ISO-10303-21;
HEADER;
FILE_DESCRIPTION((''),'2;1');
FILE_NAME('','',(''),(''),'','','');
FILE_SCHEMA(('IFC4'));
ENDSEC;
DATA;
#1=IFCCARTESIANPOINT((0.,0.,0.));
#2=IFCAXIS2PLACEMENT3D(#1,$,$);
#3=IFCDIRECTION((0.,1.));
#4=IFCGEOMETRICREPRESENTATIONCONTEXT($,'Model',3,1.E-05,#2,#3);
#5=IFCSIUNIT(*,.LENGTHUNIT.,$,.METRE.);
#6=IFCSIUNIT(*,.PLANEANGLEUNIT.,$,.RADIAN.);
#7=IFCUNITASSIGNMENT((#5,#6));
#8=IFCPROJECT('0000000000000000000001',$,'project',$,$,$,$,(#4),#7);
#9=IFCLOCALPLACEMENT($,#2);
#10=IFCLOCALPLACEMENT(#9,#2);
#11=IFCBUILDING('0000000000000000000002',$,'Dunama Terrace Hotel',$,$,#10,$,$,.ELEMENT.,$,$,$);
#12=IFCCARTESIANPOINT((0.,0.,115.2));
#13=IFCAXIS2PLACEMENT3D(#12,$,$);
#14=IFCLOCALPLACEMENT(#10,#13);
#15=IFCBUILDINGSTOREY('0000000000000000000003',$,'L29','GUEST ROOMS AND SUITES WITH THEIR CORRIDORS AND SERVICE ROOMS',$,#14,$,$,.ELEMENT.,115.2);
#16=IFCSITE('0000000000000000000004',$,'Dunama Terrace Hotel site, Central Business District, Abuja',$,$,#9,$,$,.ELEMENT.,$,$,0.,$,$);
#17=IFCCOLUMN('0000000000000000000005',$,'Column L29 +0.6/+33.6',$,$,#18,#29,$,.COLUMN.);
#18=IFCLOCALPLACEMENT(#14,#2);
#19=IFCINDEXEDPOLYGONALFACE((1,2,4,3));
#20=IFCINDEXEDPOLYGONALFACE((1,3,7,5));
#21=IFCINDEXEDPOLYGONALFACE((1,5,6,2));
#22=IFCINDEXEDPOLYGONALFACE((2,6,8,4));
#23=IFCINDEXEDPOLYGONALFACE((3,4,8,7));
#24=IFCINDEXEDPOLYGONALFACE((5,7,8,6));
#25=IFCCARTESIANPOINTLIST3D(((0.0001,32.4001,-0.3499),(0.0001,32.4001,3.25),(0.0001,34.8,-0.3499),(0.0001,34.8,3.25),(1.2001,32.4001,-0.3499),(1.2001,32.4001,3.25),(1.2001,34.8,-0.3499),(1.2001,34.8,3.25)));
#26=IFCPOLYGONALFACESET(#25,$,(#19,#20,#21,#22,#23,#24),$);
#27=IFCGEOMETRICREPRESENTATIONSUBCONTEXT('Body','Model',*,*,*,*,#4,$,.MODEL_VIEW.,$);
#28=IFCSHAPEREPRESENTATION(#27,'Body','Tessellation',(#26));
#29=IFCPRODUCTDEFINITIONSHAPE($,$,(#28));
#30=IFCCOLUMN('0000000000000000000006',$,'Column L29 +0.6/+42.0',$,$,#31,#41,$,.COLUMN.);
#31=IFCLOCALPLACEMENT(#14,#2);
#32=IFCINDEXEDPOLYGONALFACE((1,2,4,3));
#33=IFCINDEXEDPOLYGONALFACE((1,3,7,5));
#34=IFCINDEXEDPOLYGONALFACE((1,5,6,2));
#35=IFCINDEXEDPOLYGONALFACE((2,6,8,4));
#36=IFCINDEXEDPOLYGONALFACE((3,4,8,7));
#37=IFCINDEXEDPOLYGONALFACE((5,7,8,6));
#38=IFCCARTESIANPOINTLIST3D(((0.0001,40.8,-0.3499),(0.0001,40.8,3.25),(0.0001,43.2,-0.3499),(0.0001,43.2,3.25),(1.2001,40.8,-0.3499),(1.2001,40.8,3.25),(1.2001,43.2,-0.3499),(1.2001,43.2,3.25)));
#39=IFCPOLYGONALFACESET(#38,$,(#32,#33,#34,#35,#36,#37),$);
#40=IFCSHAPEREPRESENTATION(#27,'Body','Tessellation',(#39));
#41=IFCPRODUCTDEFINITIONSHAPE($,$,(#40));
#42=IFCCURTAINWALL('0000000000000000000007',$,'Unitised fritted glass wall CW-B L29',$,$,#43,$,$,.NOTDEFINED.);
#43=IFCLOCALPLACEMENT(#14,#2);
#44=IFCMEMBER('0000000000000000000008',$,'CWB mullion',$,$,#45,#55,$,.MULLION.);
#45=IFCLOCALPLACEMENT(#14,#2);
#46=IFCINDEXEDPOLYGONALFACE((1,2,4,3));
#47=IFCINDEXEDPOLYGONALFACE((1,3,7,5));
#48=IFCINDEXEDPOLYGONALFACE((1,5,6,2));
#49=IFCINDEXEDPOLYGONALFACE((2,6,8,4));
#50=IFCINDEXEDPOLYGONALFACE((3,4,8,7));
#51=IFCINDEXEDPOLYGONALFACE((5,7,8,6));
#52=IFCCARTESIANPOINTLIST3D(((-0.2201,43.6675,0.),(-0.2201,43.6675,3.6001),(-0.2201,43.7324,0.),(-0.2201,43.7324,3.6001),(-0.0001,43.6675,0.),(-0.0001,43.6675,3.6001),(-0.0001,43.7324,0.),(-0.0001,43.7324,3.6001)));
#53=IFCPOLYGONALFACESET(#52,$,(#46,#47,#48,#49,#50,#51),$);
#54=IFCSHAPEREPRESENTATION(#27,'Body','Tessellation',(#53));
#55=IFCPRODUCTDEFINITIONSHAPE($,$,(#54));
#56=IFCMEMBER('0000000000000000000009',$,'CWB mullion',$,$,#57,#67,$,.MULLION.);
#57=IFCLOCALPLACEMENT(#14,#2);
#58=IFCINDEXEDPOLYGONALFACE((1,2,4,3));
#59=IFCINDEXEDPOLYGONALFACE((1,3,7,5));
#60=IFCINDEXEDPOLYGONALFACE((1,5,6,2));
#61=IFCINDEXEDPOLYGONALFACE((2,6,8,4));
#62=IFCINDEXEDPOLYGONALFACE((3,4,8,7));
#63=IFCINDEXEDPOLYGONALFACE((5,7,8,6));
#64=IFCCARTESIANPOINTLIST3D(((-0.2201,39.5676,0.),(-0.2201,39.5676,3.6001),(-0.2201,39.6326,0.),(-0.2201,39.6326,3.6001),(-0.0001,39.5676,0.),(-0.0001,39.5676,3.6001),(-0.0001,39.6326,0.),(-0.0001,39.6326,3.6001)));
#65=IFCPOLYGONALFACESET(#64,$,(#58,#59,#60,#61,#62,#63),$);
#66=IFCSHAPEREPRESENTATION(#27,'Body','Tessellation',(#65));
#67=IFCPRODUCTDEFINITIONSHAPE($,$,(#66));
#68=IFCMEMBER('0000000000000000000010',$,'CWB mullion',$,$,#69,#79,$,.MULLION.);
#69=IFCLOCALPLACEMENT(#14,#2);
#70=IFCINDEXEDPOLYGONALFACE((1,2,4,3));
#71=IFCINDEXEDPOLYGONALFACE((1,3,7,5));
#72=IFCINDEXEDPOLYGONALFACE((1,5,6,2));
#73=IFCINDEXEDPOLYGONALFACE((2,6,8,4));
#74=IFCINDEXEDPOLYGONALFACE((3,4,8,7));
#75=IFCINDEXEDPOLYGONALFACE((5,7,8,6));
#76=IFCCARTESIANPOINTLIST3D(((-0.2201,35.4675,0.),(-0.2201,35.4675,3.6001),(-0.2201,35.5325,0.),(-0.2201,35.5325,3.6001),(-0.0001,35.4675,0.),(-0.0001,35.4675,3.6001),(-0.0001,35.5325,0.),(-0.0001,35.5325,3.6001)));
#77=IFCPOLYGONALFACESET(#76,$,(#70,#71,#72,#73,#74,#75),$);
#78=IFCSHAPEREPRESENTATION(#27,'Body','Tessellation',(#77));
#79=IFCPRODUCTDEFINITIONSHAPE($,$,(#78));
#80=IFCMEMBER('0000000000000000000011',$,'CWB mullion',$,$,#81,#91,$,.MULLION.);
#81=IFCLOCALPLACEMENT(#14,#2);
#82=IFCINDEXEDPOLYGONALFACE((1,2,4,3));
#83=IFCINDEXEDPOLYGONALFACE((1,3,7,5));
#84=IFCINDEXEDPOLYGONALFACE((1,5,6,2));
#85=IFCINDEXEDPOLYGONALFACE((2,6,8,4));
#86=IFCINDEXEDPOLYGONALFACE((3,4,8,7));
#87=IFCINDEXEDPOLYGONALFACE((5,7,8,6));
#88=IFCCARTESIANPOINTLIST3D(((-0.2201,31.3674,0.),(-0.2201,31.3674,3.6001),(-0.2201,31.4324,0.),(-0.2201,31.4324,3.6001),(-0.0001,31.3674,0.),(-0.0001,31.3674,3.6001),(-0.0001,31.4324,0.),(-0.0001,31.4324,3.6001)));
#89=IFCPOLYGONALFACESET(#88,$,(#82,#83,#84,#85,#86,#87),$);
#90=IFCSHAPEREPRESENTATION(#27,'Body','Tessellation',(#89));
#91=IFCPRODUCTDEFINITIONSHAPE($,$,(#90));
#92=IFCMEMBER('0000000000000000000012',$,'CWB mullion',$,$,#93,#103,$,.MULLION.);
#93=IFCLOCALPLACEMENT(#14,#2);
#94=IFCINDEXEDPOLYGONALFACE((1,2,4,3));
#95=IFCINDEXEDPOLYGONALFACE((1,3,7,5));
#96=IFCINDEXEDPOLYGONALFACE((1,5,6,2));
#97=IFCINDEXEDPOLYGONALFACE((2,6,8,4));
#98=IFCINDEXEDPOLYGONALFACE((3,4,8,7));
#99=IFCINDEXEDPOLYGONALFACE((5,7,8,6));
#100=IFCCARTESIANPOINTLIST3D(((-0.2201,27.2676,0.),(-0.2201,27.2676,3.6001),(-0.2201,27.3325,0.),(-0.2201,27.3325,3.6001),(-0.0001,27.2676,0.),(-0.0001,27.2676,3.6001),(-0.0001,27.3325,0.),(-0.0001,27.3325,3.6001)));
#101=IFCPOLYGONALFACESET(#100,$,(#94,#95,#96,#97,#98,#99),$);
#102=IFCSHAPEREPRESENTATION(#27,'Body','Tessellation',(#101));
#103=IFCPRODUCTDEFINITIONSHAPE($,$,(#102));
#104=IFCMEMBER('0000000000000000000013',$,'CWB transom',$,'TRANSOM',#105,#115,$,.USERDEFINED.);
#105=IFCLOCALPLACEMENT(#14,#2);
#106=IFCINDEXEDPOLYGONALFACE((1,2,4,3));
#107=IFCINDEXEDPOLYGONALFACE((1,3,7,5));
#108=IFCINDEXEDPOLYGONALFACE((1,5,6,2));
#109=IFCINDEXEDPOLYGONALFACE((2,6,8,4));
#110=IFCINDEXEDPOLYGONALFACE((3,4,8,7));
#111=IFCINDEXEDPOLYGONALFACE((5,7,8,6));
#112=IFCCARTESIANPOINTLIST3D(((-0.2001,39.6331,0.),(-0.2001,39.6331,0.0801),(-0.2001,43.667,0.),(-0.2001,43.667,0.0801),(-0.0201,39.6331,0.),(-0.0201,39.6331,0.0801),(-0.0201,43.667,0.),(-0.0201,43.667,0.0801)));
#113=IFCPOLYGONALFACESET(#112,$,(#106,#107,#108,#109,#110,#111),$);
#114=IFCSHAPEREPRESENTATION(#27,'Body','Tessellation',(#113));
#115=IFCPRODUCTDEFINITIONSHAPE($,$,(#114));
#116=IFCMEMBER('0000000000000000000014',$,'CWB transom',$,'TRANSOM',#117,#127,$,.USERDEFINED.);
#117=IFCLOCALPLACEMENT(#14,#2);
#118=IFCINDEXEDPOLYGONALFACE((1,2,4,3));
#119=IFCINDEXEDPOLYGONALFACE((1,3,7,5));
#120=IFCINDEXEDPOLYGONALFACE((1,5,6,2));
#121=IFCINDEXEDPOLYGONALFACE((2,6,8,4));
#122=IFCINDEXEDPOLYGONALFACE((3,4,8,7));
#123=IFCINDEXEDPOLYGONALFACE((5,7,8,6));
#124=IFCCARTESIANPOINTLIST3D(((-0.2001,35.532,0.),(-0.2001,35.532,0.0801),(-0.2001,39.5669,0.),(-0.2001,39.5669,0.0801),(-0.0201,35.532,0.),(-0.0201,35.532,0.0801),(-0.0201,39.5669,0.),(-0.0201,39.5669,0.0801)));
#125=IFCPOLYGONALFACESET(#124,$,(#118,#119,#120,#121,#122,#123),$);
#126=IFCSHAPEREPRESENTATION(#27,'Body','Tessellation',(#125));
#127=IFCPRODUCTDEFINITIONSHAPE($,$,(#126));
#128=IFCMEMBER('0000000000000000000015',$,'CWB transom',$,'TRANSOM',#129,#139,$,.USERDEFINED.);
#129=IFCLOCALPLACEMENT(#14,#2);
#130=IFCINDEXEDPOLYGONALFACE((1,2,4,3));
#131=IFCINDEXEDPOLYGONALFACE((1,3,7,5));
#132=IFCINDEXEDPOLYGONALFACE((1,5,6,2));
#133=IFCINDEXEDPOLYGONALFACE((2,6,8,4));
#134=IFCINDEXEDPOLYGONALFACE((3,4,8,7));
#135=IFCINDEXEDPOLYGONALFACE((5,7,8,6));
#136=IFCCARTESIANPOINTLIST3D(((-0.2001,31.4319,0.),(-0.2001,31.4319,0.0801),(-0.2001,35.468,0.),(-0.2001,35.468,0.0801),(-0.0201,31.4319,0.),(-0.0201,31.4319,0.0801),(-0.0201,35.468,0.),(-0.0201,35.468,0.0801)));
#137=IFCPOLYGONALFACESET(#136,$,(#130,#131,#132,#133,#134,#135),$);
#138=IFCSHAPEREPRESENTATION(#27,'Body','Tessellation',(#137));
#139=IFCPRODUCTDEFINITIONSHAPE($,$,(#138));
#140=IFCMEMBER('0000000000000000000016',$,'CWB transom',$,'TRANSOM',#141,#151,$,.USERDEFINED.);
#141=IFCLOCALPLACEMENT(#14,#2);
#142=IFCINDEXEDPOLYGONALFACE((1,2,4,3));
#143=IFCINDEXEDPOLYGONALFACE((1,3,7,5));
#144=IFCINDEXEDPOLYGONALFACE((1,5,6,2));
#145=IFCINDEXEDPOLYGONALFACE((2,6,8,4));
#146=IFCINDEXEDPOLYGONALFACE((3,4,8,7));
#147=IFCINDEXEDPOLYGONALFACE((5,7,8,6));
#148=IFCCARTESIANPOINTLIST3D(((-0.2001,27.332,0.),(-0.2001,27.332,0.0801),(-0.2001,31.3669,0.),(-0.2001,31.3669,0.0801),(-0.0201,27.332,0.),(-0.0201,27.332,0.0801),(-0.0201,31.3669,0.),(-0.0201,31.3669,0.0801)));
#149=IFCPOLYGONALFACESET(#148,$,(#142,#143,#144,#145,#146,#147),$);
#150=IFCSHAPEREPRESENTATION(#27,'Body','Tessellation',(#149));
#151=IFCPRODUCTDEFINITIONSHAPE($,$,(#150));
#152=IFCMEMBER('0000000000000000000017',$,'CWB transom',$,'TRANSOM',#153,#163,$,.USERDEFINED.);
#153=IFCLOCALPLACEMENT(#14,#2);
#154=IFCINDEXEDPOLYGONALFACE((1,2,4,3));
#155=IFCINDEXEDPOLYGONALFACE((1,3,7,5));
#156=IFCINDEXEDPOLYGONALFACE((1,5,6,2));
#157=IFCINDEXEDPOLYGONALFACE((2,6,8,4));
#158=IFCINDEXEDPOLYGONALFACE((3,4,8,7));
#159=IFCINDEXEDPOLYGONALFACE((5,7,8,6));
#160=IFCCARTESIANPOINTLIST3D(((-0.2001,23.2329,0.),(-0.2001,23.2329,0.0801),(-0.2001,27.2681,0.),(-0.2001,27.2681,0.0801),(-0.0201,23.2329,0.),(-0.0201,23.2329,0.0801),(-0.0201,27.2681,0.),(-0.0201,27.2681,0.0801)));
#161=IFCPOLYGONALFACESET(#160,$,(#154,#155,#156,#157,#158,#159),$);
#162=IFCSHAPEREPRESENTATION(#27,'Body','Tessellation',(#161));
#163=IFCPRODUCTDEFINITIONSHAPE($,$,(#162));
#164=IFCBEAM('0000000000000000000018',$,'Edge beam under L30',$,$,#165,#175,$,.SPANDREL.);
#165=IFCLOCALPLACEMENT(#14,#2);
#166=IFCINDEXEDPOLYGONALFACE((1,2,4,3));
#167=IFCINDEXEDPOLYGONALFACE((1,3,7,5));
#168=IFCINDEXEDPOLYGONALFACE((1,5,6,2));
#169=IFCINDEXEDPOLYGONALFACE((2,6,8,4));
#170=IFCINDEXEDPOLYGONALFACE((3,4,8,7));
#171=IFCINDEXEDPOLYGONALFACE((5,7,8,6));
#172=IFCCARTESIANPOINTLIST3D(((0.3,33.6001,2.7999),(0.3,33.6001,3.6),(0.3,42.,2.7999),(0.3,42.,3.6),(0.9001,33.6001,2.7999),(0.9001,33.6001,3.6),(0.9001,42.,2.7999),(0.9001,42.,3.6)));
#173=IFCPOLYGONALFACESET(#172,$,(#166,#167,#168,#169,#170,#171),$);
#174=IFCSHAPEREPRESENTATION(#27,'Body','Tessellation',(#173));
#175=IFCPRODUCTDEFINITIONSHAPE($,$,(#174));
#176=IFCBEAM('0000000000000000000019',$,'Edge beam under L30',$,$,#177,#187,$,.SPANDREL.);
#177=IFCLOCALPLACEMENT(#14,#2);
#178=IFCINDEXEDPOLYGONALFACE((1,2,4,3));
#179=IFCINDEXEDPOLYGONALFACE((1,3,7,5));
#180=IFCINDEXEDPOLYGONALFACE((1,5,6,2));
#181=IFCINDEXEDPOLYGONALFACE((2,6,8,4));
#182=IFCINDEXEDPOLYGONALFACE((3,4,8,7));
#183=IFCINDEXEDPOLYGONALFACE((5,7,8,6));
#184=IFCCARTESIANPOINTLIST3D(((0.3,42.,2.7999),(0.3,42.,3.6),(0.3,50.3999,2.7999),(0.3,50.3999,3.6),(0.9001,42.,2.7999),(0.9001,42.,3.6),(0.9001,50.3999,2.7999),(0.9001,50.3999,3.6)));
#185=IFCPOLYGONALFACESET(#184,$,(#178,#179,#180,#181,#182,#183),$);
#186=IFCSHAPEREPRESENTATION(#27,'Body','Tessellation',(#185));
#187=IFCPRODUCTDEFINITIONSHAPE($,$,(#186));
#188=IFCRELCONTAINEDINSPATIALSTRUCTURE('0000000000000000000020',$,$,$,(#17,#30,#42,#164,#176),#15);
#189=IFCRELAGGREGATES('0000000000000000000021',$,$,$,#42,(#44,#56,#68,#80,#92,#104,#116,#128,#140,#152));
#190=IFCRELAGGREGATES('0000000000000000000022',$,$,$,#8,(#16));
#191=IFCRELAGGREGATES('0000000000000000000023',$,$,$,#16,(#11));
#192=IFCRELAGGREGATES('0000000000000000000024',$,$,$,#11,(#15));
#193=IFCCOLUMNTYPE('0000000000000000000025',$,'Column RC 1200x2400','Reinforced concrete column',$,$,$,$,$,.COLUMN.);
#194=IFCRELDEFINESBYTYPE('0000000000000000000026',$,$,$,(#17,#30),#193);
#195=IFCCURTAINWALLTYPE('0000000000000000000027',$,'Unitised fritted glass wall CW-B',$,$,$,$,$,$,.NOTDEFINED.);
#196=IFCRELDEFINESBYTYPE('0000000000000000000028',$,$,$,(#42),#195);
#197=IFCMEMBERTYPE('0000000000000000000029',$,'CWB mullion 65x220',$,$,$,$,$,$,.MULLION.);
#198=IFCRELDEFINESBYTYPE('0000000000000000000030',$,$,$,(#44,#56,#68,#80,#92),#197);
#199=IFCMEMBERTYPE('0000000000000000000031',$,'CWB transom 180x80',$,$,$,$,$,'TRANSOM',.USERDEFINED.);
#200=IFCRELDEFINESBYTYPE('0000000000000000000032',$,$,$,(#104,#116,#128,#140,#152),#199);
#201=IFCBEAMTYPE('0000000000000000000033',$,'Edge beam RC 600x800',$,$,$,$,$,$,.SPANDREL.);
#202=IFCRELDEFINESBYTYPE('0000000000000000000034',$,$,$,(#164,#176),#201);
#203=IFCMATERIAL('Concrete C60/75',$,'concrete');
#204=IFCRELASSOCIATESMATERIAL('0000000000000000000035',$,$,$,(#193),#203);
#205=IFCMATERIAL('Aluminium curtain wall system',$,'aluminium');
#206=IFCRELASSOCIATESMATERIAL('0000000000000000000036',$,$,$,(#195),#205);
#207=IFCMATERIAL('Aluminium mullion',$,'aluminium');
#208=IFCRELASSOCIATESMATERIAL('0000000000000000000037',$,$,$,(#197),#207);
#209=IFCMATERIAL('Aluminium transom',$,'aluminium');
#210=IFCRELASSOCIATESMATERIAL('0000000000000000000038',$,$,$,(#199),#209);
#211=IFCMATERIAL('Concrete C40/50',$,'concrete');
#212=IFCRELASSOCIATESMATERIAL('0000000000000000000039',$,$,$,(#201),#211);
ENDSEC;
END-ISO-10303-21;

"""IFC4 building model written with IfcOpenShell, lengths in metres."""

from ifc_helpers import new_model, si_unit, direction, frame, origin, origin_2d, place, context, subcontext, project, spatial, rectangle, extrude, material, material_profile, profile_set, type_object, element, aggregate, save


model = new_model("IFC4")

# Units and contexts
model_context = context("Model", 3, precision=1e-05, world=origin(), true_north=direction((0.0, 1.0)))
body_context = subcontext(model_context, "Body", "Model", "MODEL_VIEW")
ifc_project = project(units=[si_unit("LENGTHUNIT", "METRE"), si_unit("PLANEANGLEUNIT", "RADIAN")], contexts=[model_context])

# Site, building, storey
site_placement = place(None, origin())
site = spatial("IfcSite", under=ifc_project, at=site_placement, Name="Dunama Terrace Hotel site, Central Business District, Abuja", CompositionType="ELEMENT", RefElevation=0.0)
building_placement = place(site_placement, origin())
building = spatial("IfcBuilding", under=site, at=building_placement, Name="Dunama Terrace Hotel", CompositionType="ELEMENT")
storey_placement = place(building_placement, frame((0.0, 0.0, 115.2)))
storey = spatial("IfcBuildingStorey", under=building, at=storey_placement, Name="L29", Description="GUEST ROOMS AND SUITES WITH THEIR CORRIDORS AND SERVICE ROOMS", CompositionType="ELEMENT", Elevation=115.2)

# Columns
ifc_material_1 = material(Name="Concrete C60/75", Category="concrete")
ifc_material_profile_1 = material_profile(ifc_material_1, rectangle(XDim=1.2, YDim=2.3999, at=origin_2d()), Name="RC 1200x2400")
ifc_profile_set_1 = profile_set([ifc_material_profile_1], Name="Concrete C60/75")
column_type = type_object("IfcColumnType", Name="Column RC 1200x2400", Description="Reinforced concrete column", PredefinedType="COLUMN", material=ifc_profile_set_1)
for number, where, z_axis, x_axis, name in (
    (1, (0.6001, 33.6001, -0.3499), (0.0, 0.0, 1.0), (1.0, 0.0, 0.0), "Column L29 +0.6/+33.6"),
    (2, (0.6001, 42.0, -0.3499), (0.0, 0.0, 1.0), (1.0, 0.0, 0.0), "Column L29 +0.6/+42.0"),
):
    element("IfcColumn", number, at=place(storey_placement, frame(where, z_axis=z_axis, x_axis=x_axis)), inside=storey, type_object=column_type, Name=name, PredefinedType="COLUMN", context=body_context, shape_type="SweptSolid", body=[
        extrude(rectangle(XDim=1.2, YDim=2.3999, at=origin_2d()), origin(), (0.0, 0.0, 1.0), 3.5999),
    ])

# Curtain wall, members
ifc_material_2 = material(Name="Aluminium curtain wall system", Category="aluminium")
curtain_wall_type = type_object("IfcCurtainWallType", Name="Unitised fritted glass wall CW-B", PredefinedType="NOTDEFINED", material=ifc_material_2)
curtain_wall_placement = place(storey_placement, origin())
curtain_wall = element("IfcCurtainWall", 3, at=curtain_wall_placement, inside=storey, type_object=curtain_wall_type, Name="Unitised fritted glass wall CW-B L29", PredefinedType="NOTDEFINED")
ifc_material_3 = material(Name="Aluminium mullion", Category="aluminium")
ifc_material_profile_2 = material_profile(ifc_material_3, rectangle(XDim=0.0649, YDim=0.22, at=origin_2d()), Name="CWB MULLION 65X220")
ifc_profile_set_2 = profile_set([ifc_material_profile_2], Name="Aluminium mullion")
member_type_1 = type_object("IfcMemberType", Name="CWB mullion 65x220", PredefinedType="MULLION", material=ifc_profile_set_2)
member_1_placement = place(storey_placement, frame((-0.1101, 43.7, 0.0), z_axis=(0.0, 0.0, 1.0), x_axis=(0.0, -1.0, 0.0)))
member_1 = element("IfcMember", 4, at=member_1_placement, type_object=member_type_1, Name="CWB mullion", PredefinedType="MULLION", context=body_context, shape_type="SweptSolid", body=[
    extrude(rectangle(XDim=0.0649, YDim=0.22, at=origin_2d()), origin(), (0.0, 0.0, 1.0), 3.6001),
])
member_2_placement = place(storey_placement, frame((-0.1101, 39.6001, 0.0), z_axis=(0.0, 0.0, 1.0), x_axis=(0.0, -1.0, 0.0)))
member_2 = element("IfcMember", 5, at=member_2_placement, type_object=member_type_1, Name="CWB mullion", PredefinedType="MULLION", context=body_context, shape_type="SweptSolid", body=[
    extrude(rectangle(XDim=0.0649, YDim=0.22, at=origin_2d()), origin(), (0.0, 0.0, 1.0), 3.6001),
])
member_3_placement = place(storey_placement, frame((-0.1101, 35.5, 0.0), z_axis=(0.0, 0.0, 1.0), x_axis=(0.0, -1.0, 0.0)))
member_3 = element("IfcMember", 6, at=member_3_placement, type_object=member_type_1, Name="CWB mullion", PredefinedType="MULLION", context=body_context, shape_type="SweptSolid", body=[
    extrude(rectangle(XDim=0.0649, YDim=0.22, at=origin_2d()), origin(), (0.0, 0.0, 1.0), 3.6001),
])
member_4_placement = place(storey_placement, frame((-0.1101, 31.3999, 0.0), z_axis=(0.0, 0.0, 1.0), x_axis=(0.0, -1.0, 0.0)))
member_4 = element("IfcMember", 7, at=member_4_placement, type_object=member_type_1, Name="CWB mullion", PredefinedType="MULLION", context=body_context, shape_type="SweptSolid", body=[
    extrude(rectangle(XDim=0.0649, YDim=0.22, at=origin_2d()), origin(), (0.0, 0.0, 1.0), 3.6001),
])
member_5_placement = place(storey_placement, frame((-0.1101, 27.3, 0.0), z_axis=(0.0, 0.0, 1.0), x_axis=(0.0, -1.0, 0.0)))
member_5 = element("IfcMember", 8, at=member_5_placement, type_object=member_type_1, Name="CWB mullion", PredefinedType="MULLION", context=body_context, shape_type="SweptSolid", body=[
    extrude(rectangle(XDim=0.0649, YDim=0.22, at=origin_2d()), origin(), (0.0, 0.0, 1.0), 3.6001),
])
ifc_material_4 = material(Name="Aluminium transom", Category="aluminium")
ifc_material_profile_3 = material_profile(ifc_material_4, rectangle(XDim=0.1799, YDim=0.0801, at=origin_2d()), Name="CWB TRANSOM 180X80")
ifc_profile_set_3 = profile_set([ifc_material_profile_3], Name="Aluminium transom")
member_type_2 = type_object("IfcMemberType", Name="CWB transom 180x80", ElementType="TRANSOM", PredefinedType="USERDEFINED", material=ifc_profile_set_3)
member_6_placement = place(storey_placement, frame((-0.1101, 43.667, 0.04), z_axis=(0.0, -1.0, 0.0), x_axis=(1.0, 0.0, 0.0)))
member_6 = element("IfcMember", 9, at=member_6_placement, type_object=member_type_2, Name="CWB transom", ObjectType="TRANSOM", PredefinedType="USERDEFINED", context=body_context, shape_type="SweptSolid", body=[
    extrude(rectangle(XDim=0.1799, YDim=0.0801, at=origin_2d()), origin(), (0.0, 0.0, 1.0), 4.0339),
])
member_7_placement = place(storey_placement, frame((-0.1101, 39.5669, 0.04), z_axis=(0.0, -1.0, 0.0), x_axis=(1.0, 0.0, 0.0)))
member_7 = element("IfcMember", 10, at=member_7_placement, type_object=member_type_2, Name="CWB transom", ObjectType="TRANSOM", PredefinedType="USERDEFINED", context=body_context, shape_type="SweptSolid", body=[
    extrude(rectangle(XDim=0.1799, YDim=0.0801, at=origin_2d()), origin(), (0.0, 0.0, 1.0), 4.0349),
])
member_8_placement = place(storey_placement, frame((-0.1101, 35.468, 0.04), z_axis=(0.0, -1.0, 0.0), x_axis=(1.0, 0.0, 0.0)))
member_8 = element("IfcMember", 11, at=member_8_placement, type_object=member_type_2, Name="CWB transom", ObjectType="TRANSOM", PredefinedType="USERDEFINED", context=body_context, shape_type="SweptSolid", body=[
    extrude(rectangle(XDim=0.1799, YDim=0.0801, at=origin_2d()), origin(), (0.0, 0.0, 1.0), 4.0361),
])
member_9_placement = place(storey_placement, frame((-0.1101, 31.3669, 0.04), z_axis=(0.0, -1.0, 0.0), x_axis=(1.0, 0.0, 0.0)))
member_9 = element("IfcMember", 12, at=member_9_placement, type_object=member_type_2, Name="CWB transom", ObjectType="TRANSOM", PredefinedType="USERDEFINED", context=body_context, shape_type="SweptSolid", body=[
    extrude(rectangle(XDim=0.1799, YDim=0.0801, at=origin_2d()), origin(), (0.0, 0.0, 1.0), 4.0349),
])
member_10_placement = place(storey_placement, frame((-0.1101, 27.2681, 0.04), z_axis=(0.0, -1.0, 0.0), x_axis=(1.0, 0.0, 0.0)))
member_10 = element("IfcMember", 13, at=member_10_placement, type_object=member_type_2, Name="CWB transom", ObjectType="TRANSOM", PredefinedType="USERDEFINED", context=body_context, shape_type="SweptSolid", body=[
    extrude(rectangle(XDim=0.1799, YDim=0.0801, at=origin_2d()), origin(), (0.0, 0.0, 1.0), 4.0352),
])

# Beams
ifc_material_5 = material(Name="Concrete C40/50", Category="concrete")
ifc_material_profile_4 = material_profile(ifc_material_5, rectangle(XDim=0.6001, YDim=0.8, at=origin_2d()), Name="RC 600x800")
ifc_profile_set_4 = profile_set([ifc_material_profile_4], Name="Concrete C40/50")
beam_type = type_object("IfcBeamType", Name="Edge beam RC 600x800", PredefinedType="SPANDREL", material=ifc_profile_set_4)
for number, where, z_axis, x_axis, name in (
    (14, (0.6001, 33.6001, 3.2), (0.0, 1.0, 0.0), (-1.0, 0.0, 0.0), "Edge beam under L30"),
    (15, (0.6001, 42.0, 3.2), (0.0, 1.0, 0.0), (-1.0, 0.0, 0.0), "Edge beam under L30"),
):
    element("IfcBeam", number, at=place(storey_placement, frame(where, z_axis=z_axis, x_axis=x_axis)), inside=storey, type_object=beam_type, Name=name, PredefinedType="SPANDREL", context=body_context, shape_type="SweptSolid", body=[
        extrude(rectangle(XDim=0.6001, YDim=0.8, at=origin_2d()), origin(), (0.0, 0.0, 1.0), 8.3999),
    ])

aggregate(curtain_wall, [member_1, member_2, member_3, member_4, member_5, member_6, member_7, member_8, member_9, member_10])

save(model, "model.ifc")
